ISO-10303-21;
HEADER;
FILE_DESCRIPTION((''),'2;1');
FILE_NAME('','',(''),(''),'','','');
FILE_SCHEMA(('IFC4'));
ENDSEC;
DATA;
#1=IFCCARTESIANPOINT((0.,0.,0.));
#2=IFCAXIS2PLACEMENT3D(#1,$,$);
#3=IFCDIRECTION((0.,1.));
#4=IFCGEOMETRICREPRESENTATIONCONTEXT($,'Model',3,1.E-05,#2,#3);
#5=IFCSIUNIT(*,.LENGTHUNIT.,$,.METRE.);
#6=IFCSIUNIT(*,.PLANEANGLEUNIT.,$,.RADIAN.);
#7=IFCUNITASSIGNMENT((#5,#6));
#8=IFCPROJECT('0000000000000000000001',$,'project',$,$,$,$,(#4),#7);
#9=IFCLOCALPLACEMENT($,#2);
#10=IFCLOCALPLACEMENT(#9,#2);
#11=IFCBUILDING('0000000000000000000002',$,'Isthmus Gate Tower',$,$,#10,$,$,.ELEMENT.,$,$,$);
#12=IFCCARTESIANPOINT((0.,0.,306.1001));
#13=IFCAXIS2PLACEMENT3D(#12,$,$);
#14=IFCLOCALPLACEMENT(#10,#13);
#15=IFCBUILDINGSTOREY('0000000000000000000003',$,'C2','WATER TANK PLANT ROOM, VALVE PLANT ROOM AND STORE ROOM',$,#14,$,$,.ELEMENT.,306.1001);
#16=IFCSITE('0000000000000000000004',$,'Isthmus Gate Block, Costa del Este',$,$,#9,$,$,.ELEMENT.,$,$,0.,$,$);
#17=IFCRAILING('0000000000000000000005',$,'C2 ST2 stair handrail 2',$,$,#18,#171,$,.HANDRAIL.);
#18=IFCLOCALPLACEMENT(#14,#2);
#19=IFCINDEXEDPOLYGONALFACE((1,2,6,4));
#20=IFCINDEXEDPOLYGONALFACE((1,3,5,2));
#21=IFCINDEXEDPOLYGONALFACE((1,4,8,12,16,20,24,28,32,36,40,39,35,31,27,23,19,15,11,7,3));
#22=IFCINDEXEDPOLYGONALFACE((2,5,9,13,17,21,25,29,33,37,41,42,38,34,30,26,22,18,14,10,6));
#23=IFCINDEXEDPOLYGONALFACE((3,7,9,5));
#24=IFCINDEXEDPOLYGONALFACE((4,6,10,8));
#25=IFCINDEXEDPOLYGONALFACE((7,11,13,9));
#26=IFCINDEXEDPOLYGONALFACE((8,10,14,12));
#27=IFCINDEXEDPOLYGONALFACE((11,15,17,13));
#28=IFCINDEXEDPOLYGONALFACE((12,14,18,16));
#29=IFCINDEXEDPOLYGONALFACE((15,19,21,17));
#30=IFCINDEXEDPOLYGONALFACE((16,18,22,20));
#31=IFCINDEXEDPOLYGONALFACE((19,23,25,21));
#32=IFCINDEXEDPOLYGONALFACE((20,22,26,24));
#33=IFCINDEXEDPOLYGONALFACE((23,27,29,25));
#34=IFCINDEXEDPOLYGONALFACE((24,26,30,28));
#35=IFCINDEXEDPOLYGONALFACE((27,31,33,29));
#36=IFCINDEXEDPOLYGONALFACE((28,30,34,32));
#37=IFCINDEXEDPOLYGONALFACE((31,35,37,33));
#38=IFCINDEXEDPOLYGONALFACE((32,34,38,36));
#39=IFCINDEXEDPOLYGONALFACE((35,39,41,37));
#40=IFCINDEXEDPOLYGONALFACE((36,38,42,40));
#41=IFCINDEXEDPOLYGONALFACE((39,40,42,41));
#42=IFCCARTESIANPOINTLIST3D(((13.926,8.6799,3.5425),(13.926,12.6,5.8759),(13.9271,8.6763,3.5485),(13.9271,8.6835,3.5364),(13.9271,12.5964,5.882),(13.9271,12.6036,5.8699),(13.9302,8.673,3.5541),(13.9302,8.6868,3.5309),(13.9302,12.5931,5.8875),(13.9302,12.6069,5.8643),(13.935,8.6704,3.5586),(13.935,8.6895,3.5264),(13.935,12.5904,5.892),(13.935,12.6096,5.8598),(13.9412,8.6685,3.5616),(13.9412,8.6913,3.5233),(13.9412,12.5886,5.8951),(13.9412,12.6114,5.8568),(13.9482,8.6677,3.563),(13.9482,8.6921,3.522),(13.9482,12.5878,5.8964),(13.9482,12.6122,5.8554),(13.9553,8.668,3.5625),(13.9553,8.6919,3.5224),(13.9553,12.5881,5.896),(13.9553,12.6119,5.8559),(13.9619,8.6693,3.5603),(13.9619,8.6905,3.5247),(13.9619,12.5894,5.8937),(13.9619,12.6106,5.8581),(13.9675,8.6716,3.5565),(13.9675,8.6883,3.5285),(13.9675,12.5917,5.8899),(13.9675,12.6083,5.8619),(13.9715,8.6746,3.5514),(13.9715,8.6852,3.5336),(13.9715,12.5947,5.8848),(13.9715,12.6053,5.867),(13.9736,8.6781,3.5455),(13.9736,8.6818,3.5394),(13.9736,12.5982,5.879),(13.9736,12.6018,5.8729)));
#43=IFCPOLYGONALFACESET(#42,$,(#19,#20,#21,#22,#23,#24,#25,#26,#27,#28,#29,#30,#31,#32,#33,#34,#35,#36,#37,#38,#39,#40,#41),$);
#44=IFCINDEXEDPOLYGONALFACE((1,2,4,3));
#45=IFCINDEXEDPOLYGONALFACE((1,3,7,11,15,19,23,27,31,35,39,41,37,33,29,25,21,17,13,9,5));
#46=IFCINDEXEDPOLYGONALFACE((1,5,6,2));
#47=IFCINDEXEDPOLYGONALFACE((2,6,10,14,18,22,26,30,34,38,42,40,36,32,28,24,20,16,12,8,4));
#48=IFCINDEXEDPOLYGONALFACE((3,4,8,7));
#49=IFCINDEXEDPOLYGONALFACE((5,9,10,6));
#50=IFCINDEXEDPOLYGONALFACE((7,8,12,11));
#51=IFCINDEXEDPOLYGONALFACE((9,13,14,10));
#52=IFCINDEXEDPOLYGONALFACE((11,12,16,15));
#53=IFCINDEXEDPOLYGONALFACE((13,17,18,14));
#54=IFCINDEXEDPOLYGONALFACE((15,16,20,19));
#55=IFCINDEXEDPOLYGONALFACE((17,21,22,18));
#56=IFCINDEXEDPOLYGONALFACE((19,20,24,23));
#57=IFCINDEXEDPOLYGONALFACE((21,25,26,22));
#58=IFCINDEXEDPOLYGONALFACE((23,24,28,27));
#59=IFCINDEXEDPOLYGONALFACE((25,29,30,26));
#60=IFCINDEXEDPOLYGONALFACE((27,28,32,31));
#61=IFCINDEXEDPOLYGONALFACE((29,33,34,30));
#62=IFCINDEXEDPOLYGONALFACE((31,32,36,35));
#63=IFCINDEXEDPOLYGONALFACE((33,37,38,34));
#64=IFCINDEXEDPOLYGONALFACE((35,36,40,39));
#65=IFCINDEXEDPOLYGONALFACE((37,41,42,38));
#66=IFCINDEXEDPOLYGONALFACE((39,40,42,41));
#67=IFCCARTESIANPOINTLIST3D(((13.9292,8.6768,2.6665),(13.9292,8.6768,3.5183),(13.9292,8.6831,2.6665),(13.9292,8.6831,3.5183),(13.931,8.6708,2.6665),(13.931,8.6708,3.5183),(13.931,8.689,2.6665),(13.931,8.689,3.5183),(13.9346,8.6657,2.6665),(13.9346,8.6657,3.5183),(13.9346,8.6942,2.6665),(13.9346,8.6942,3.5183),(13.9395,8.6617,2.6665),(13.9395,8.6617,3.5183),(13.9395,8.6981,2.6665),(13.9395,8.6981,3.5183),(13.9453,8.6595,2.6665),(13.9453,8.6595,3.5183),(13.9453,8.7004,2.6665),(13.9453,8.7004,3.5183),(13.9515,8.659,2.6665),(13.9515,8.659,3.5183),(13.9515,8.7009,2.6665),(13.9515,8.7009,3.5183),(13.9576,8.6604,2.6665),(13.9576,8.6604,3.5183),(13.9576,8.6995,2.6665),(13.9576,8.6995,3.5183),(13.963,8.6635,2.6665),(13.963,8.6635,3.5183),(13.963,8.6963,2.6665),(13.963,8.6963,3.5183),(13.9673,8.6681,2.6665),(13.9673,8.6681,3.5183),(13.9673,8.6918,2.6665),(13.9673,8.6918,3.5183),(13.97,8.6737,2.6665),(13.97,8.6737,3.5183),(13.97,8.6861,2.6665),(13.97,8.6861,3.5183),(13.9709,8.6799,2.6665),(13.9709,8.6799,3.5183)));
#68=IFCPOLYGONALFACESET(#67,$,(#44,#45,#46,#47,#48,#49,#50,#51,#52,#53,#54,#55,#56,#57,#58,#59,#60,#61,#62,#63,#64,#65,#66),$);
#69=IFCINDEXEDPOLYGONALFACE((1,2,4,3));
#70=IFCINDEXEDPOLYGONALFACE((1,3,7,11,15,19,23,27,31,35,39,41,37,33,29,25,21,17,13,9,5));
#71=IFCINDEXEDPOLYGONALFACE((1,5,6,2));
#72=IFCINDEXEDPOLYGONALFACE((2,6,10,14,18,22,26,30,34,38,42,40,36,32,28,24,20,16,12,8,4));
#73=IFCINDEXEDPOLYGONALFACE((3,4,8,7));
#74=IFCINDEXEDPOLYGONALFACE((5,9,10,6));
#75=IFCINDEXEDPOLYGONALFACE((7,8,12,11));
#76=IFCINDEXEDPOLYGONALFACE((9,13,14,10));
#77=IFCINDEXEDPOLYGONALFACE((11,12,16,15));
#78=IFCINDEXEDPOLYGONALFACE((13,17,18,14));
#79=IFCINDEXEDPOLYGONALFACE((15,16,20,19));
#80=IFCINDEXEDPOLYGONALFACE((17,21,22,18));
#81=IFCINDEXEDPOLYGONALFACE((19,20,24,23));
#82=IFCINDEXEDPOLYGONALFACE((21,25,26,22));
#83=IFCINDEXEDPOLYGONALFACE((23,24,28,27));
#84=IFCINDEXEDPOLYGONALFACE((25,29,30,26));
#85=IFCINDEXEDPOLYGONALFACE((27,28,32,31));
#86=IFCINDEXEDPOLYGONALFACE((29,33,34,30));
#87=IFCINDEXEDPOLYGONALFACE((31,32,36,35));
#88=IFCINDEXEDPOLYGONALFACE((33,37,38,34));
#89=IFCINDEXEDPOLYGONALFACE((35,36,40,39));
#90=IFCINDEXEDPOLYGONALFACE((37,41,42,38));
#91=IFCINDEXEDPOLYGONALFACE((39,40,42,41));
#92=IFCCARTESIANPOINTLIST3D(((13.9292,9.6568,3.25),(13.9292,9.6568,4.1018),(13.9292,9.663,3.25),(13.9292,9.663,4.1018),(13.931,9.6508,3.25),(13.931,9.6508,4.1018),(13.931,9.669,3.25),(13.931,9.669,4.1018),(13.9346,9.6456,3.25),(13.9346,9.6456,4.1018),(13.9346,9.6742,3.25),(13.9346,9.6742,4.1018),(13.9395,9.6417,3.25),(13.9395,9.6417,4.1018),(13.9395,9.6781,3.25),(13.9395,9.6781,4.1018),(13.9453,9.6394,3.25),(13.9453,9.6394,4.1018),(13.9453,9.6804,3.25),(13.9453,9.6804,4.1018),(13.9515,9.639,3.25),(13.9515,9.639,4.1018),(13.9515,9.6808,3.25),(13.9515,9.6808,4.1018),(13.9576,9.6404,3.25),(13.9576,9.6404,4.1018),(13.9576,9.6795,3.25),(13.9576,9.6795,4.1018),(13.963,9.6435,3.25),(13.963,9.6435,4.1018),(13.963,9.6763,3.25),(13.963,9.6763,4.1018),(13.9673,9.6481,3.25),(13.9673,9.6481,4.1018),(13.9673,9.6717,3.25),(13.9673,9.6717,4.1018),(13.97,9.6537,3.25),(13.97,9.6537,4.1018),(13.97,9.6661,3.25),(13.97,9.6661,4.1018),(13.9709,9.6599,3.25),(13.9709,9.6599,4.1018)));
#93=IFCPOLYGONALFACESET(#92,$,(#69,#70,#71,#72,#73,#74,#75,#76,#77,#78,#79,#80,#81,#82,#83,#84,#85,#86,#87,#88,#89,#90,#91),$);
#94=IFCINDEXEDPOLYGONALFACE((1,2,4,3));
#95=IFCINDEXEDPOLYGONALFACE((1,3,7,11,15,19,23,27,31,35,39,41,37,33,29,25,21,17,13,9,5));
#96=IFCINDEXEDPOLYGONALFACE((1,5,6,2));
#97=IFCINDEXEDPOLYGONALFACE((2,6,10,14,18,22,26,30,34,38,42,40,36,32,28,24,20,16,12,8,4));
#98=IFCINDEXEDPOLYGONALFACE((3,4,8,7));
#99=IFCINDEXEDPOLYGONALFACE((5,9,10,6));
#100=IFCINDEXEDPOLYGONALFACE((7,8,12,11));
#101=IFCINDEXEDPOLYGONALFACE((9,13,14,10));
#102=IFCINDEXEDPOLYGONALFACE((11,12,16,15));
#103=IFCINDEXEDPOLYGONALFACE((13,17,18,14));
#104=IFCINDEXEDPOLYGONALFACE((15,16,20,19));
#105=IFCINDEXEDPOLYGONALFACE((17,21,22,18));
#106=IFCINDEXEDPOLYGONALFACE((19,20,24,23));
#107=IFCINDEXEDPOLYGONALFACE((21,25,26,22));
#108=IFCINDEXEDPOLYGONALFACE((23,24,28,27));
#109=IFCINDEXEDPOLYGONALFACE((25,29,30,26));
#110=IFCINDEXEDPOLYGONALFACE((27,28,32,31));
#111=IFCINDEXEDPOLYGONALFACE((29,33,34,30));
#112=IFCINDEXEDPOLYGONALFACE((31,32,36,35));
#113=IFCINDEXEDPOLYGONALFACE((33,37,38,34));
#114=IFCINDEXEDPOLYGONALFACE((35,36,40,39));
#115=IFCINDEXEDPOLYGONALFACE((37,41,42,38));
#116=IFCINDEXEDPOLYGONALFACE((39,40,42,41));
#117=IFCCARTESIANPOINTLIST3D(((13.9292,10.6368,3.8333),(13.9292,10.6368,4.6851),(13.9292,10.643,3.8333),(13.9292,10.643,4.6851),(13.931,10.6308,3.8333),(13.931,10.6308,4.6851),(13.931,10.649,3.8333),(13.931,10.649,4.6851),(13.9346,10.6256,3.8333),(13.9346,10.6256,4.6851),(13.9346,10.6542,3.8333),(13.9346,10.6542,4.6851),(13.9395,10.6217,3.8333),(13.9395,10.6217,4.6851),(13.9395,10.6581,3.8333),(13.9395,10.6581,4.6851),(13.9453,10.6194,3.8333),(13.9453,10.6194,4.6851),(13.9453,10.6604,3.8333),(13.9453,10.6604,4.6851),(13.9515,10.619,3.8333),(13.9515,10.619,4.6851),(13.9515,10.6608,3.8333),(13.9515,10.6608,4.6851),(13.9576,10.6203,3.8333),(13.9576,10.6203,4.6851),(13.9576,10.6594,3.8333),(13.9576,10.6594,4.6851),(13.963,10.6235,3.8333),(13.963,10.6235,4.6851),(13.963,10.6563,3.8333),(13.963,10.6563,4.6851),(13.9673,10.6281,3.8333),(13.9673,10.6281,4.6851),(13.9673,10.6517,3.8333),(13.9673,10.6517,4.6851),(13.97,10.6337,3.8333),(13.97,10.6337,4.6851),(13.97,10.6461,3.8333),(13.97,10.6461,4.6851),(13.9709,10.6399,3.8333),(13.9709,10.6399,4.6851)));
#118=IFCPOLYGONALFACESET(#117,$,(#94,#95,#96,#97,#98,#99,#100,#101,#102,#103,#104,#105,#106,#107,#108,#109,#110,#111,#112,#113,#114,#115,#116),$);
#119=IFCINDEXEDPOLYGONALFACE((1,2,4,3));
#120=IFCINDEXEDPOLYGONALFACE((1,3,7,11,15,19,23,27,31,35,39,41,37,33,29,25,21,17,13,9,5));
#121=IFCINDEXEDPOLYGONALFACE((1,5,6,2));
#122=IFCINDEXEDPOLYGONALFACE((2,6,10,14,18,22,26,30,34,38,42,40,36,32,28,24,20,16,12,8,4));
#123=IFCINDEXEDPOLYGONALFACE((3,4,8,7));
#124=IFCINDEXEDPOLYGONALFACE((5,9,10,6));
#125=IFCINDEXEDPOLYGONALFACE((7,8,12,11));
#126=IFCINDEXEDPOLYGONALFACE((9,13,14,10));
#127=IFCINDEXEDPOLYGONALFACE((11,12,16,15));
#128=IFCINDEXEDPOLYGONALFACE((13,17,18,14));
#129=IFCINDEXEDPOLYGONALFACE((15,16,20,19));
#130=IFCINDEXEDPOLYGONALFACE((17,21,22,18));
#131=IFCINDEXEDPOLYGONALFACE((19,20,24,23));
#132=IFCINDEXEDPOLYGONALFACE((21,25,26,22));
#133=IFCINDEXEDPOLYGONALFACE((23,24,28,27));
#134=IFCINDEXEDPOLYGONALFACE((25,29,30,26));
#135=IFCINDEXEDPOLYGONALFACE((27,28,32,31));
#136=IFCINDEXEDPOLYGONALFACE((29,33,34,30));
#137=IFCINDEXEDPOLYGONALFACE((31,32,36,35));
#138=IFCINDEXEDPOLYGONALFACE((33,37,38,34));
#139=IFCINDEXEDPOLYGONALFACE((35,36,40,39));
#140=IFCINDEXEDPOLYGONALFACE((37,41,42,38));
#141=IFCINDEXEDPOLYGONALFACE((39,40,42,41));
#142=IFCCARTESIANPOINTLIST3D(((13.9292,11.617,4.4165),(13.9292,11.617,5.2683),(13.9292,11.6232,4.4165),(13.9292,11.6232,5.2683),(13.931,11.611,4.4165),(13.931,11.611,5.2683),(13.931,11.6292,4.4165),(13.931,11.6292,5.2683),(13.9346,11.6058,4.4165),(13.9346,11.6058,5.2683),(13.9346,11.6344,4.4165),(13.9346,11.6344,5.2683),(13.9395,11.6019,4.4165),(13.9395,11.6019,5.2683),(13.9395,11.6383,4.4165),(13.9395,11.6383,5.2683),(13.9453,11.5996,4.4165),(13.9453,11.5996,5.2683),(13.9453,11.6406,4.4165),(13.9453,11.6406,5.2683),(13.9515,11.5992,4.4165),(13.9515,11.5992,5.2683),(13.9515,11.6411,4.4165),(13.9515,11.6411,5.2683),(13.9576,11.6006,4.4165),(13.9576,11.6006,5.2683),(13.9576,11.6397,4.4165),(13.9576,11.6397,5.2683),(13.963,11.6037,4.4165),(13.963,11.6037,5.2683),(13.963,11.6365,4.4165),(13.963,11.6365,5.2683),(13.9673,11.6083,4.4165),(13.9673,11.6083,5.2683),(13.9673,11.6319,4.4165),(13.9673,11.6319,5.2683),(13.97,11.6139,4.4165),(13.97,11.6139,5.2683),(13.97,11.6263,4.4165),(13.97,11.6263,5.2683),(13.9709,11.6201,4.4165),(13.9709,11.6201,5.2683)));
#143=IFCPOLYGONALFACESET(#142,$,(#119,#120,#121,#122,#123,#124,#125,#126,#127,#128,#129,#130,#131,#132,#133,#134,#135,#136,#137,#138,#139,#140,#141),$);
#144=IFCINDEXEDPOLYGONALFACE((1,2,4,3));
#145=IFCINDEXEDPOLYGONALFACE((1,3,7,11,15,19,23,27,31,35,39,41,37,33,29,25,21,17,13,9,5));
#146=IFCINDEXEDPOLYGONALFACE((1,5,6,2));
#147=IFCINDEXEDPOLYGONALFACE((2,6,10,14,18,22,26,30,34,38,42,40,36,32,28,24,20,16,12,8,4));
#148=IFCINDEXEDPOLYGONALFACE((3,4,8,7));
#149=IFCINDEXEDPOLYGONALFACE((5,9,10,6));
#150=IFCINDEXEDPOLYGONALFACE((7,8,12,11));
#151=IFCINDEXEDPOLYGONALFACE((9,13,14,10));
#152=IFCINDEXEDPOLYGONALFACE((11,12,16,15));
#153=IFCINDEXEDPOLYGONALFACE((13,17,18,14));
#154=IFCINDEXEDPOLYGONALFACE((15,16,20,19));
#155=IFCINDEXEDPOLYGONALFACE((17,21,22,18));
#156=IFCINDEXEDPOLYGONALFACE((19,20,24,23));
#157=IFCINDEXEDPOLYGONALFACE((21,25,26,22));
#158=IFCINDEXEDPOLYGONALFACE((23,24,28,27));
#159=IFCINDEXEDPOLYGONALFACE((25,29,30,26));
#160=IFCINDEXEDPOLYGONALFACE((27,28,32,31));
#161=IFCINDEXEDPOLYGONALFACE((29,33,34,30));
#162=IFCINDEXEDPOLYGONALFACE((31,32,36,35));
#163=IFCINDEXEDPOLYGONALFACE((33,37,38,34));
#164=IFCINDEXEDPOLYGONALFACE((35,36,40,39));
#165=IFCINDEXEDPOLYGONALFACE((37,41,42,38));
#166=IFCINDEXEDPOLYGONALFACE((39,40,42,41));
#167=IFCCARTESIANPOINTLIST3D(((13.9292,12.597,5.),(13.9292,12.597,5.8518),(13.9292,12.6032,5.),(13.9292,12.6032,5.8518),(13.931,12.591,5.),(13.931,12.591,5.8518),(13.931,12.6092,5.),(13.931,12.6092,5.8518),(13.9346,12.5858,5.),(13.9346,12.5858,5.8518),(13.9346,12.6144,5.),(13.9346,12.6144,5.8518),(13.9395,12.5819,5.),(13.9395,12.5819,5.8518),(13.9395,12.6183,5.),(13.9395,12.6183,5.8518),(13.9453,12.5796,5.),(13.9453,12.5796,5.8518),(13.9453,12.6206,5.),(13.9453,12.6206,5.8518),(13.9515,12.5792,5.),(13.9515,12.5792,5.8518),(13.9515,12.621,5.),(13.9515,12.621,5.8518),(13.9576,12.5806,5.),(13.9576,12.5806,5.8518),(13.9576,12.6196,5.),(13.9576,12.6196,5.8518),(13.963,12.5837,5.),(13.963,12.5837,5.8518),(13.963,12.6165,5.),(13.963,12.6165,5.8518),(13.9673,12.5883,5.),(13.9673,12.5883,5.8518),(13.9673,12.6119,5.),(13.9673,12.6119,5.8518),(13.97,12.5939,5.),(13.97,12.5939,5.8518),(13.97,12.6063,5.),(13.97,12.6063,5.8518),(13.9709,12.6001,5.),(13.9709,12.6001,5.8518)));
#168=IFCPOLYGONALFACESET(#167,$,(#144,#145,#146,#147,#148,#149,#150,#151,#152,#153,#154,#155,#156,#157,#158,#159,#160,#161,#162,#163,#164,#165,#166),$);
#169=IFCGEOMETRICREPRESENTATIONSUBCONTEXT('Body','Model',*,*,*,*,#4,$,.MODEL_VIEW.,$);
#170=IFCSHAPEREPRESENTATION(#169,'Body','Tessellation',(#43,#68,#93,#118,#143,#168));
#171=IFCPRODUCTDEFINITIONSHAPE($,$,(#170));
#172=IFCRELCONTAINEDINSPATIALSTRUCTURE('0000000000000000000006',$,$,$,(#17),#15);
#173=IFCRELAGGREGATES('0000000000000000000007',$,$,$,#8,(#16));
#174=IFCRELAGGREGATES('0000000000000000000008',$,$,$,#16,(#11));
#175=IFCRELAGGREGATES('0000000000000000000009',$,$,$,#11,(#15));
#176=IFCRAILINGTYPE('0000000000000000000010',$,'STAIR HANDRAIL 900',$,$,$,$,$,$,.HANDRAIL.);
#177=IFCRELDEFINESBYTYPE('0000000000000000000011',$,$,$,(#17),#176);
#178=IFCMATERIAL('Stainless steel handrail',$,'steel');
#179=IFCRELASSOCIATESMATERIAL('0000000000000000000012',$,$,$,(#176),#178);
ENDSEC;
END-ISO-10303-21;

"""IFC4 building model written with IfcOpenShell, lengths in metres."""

from ifc_helpers import new_model, si_unit, direction, frame, origin, origin_2d, place, context, subcontext, project, spatial, circle, extrude, material, type_object, element, save


model = new_model("IFC4")

# Units and contexts
model_context = context("Model", 3, precision=1e-05, world=origin(), true_north=direction((0.0, 1.0)))
body_context = subcontext(model_context, "Body", "Model", "MODEL_VIEW")
ifc_project = project(units=[si_unit("LENGTHUNIT", "METRE"), si_unit("PLANEANGLEUNIT", "RADIAN")], contexts=[model_context])

# Site, building, storey
site_placement = place(None, origin())
site = spatial("IfcSite", under=ifc_project, at=site_placement, Name="Isthmus Gate Block, Costa del Este", CompositionType="ELEMENT", RefElevation=0.0)
building_placement = place(site_placement, origin())
building = spatial("IfcBuilding", under=site, at=building_placement, Name="Isthmus Gate Tower", CompositionType="ELEMENT")
storey_placement = place(building_placement, frame((0.0, 0.0, 306.1001)))
storey = spatial("IfcBuildingStorey", under=building, at=storey_placement, Name="C2", Description="WATER TANK PLANT ROOM, VALVE PLANT ROOM AND STORE ROOM", CompositionType="ELEMENT", Elevation=306.1001)

# Railing
ifc_material_1 = material(Name="Stainless steel handrail", Category="steel")
railing_type_1 = type_object("IfcRailingType", Name="STAIR HANDRAIL 900", PredefinedType="HANDRAIL", material=ifc_material_1)
railing_1_placement = place(storey_placement, frame((13.95, 8.6799, 2.6665)))
element("IfcRailing", 1, at=railing_1_placement, inside=storey, type_object=railing_type_1, Name="C2 ST2 stair handrail 2", PredefinedType="HANDRAIL", context=body_context, shape_type="SweptSolid", body=[
    extrude(circle(Radius=0.0239, at=origin_2d()), frame((0.0, 0.0, 0.876), z_axis=(0.0, 0.859287, 0.511494), x_axis=(-1.0, 0.0, 0.0)), (0.0, 0.0, 1.0), 4.562),
    extrude(circle(Radius=0.021, at=origin_2d()), origin(), (0.0, 0.0, 1.0), 0.8518),
    extrude(circle(Radius=0.021, at=origin_2d()), frame((0.0, 0.98, 0.5835)), (0.0, 0.0, 1.0), 0.8518),
    extrude(circle(Radius=0.021, at=origin_2d()), frame((0.0, 1.96, 1.1667)), (0.0, 0.0, 1.0), 0.8518),
    extrude(circle(Radius=0.021, at=origin_2d()), frame((0.0, 2.9402, 1.75)), (0.0, 0.0, 1.0), 0.8518),
    extrude(circle(Radius=0.021, at=origin_2d()), frame((0.0, 3.9202, 2.3335)), (0.0, 0.0, 1.0), 0.8518),
])

save(model, "model.ifc")
